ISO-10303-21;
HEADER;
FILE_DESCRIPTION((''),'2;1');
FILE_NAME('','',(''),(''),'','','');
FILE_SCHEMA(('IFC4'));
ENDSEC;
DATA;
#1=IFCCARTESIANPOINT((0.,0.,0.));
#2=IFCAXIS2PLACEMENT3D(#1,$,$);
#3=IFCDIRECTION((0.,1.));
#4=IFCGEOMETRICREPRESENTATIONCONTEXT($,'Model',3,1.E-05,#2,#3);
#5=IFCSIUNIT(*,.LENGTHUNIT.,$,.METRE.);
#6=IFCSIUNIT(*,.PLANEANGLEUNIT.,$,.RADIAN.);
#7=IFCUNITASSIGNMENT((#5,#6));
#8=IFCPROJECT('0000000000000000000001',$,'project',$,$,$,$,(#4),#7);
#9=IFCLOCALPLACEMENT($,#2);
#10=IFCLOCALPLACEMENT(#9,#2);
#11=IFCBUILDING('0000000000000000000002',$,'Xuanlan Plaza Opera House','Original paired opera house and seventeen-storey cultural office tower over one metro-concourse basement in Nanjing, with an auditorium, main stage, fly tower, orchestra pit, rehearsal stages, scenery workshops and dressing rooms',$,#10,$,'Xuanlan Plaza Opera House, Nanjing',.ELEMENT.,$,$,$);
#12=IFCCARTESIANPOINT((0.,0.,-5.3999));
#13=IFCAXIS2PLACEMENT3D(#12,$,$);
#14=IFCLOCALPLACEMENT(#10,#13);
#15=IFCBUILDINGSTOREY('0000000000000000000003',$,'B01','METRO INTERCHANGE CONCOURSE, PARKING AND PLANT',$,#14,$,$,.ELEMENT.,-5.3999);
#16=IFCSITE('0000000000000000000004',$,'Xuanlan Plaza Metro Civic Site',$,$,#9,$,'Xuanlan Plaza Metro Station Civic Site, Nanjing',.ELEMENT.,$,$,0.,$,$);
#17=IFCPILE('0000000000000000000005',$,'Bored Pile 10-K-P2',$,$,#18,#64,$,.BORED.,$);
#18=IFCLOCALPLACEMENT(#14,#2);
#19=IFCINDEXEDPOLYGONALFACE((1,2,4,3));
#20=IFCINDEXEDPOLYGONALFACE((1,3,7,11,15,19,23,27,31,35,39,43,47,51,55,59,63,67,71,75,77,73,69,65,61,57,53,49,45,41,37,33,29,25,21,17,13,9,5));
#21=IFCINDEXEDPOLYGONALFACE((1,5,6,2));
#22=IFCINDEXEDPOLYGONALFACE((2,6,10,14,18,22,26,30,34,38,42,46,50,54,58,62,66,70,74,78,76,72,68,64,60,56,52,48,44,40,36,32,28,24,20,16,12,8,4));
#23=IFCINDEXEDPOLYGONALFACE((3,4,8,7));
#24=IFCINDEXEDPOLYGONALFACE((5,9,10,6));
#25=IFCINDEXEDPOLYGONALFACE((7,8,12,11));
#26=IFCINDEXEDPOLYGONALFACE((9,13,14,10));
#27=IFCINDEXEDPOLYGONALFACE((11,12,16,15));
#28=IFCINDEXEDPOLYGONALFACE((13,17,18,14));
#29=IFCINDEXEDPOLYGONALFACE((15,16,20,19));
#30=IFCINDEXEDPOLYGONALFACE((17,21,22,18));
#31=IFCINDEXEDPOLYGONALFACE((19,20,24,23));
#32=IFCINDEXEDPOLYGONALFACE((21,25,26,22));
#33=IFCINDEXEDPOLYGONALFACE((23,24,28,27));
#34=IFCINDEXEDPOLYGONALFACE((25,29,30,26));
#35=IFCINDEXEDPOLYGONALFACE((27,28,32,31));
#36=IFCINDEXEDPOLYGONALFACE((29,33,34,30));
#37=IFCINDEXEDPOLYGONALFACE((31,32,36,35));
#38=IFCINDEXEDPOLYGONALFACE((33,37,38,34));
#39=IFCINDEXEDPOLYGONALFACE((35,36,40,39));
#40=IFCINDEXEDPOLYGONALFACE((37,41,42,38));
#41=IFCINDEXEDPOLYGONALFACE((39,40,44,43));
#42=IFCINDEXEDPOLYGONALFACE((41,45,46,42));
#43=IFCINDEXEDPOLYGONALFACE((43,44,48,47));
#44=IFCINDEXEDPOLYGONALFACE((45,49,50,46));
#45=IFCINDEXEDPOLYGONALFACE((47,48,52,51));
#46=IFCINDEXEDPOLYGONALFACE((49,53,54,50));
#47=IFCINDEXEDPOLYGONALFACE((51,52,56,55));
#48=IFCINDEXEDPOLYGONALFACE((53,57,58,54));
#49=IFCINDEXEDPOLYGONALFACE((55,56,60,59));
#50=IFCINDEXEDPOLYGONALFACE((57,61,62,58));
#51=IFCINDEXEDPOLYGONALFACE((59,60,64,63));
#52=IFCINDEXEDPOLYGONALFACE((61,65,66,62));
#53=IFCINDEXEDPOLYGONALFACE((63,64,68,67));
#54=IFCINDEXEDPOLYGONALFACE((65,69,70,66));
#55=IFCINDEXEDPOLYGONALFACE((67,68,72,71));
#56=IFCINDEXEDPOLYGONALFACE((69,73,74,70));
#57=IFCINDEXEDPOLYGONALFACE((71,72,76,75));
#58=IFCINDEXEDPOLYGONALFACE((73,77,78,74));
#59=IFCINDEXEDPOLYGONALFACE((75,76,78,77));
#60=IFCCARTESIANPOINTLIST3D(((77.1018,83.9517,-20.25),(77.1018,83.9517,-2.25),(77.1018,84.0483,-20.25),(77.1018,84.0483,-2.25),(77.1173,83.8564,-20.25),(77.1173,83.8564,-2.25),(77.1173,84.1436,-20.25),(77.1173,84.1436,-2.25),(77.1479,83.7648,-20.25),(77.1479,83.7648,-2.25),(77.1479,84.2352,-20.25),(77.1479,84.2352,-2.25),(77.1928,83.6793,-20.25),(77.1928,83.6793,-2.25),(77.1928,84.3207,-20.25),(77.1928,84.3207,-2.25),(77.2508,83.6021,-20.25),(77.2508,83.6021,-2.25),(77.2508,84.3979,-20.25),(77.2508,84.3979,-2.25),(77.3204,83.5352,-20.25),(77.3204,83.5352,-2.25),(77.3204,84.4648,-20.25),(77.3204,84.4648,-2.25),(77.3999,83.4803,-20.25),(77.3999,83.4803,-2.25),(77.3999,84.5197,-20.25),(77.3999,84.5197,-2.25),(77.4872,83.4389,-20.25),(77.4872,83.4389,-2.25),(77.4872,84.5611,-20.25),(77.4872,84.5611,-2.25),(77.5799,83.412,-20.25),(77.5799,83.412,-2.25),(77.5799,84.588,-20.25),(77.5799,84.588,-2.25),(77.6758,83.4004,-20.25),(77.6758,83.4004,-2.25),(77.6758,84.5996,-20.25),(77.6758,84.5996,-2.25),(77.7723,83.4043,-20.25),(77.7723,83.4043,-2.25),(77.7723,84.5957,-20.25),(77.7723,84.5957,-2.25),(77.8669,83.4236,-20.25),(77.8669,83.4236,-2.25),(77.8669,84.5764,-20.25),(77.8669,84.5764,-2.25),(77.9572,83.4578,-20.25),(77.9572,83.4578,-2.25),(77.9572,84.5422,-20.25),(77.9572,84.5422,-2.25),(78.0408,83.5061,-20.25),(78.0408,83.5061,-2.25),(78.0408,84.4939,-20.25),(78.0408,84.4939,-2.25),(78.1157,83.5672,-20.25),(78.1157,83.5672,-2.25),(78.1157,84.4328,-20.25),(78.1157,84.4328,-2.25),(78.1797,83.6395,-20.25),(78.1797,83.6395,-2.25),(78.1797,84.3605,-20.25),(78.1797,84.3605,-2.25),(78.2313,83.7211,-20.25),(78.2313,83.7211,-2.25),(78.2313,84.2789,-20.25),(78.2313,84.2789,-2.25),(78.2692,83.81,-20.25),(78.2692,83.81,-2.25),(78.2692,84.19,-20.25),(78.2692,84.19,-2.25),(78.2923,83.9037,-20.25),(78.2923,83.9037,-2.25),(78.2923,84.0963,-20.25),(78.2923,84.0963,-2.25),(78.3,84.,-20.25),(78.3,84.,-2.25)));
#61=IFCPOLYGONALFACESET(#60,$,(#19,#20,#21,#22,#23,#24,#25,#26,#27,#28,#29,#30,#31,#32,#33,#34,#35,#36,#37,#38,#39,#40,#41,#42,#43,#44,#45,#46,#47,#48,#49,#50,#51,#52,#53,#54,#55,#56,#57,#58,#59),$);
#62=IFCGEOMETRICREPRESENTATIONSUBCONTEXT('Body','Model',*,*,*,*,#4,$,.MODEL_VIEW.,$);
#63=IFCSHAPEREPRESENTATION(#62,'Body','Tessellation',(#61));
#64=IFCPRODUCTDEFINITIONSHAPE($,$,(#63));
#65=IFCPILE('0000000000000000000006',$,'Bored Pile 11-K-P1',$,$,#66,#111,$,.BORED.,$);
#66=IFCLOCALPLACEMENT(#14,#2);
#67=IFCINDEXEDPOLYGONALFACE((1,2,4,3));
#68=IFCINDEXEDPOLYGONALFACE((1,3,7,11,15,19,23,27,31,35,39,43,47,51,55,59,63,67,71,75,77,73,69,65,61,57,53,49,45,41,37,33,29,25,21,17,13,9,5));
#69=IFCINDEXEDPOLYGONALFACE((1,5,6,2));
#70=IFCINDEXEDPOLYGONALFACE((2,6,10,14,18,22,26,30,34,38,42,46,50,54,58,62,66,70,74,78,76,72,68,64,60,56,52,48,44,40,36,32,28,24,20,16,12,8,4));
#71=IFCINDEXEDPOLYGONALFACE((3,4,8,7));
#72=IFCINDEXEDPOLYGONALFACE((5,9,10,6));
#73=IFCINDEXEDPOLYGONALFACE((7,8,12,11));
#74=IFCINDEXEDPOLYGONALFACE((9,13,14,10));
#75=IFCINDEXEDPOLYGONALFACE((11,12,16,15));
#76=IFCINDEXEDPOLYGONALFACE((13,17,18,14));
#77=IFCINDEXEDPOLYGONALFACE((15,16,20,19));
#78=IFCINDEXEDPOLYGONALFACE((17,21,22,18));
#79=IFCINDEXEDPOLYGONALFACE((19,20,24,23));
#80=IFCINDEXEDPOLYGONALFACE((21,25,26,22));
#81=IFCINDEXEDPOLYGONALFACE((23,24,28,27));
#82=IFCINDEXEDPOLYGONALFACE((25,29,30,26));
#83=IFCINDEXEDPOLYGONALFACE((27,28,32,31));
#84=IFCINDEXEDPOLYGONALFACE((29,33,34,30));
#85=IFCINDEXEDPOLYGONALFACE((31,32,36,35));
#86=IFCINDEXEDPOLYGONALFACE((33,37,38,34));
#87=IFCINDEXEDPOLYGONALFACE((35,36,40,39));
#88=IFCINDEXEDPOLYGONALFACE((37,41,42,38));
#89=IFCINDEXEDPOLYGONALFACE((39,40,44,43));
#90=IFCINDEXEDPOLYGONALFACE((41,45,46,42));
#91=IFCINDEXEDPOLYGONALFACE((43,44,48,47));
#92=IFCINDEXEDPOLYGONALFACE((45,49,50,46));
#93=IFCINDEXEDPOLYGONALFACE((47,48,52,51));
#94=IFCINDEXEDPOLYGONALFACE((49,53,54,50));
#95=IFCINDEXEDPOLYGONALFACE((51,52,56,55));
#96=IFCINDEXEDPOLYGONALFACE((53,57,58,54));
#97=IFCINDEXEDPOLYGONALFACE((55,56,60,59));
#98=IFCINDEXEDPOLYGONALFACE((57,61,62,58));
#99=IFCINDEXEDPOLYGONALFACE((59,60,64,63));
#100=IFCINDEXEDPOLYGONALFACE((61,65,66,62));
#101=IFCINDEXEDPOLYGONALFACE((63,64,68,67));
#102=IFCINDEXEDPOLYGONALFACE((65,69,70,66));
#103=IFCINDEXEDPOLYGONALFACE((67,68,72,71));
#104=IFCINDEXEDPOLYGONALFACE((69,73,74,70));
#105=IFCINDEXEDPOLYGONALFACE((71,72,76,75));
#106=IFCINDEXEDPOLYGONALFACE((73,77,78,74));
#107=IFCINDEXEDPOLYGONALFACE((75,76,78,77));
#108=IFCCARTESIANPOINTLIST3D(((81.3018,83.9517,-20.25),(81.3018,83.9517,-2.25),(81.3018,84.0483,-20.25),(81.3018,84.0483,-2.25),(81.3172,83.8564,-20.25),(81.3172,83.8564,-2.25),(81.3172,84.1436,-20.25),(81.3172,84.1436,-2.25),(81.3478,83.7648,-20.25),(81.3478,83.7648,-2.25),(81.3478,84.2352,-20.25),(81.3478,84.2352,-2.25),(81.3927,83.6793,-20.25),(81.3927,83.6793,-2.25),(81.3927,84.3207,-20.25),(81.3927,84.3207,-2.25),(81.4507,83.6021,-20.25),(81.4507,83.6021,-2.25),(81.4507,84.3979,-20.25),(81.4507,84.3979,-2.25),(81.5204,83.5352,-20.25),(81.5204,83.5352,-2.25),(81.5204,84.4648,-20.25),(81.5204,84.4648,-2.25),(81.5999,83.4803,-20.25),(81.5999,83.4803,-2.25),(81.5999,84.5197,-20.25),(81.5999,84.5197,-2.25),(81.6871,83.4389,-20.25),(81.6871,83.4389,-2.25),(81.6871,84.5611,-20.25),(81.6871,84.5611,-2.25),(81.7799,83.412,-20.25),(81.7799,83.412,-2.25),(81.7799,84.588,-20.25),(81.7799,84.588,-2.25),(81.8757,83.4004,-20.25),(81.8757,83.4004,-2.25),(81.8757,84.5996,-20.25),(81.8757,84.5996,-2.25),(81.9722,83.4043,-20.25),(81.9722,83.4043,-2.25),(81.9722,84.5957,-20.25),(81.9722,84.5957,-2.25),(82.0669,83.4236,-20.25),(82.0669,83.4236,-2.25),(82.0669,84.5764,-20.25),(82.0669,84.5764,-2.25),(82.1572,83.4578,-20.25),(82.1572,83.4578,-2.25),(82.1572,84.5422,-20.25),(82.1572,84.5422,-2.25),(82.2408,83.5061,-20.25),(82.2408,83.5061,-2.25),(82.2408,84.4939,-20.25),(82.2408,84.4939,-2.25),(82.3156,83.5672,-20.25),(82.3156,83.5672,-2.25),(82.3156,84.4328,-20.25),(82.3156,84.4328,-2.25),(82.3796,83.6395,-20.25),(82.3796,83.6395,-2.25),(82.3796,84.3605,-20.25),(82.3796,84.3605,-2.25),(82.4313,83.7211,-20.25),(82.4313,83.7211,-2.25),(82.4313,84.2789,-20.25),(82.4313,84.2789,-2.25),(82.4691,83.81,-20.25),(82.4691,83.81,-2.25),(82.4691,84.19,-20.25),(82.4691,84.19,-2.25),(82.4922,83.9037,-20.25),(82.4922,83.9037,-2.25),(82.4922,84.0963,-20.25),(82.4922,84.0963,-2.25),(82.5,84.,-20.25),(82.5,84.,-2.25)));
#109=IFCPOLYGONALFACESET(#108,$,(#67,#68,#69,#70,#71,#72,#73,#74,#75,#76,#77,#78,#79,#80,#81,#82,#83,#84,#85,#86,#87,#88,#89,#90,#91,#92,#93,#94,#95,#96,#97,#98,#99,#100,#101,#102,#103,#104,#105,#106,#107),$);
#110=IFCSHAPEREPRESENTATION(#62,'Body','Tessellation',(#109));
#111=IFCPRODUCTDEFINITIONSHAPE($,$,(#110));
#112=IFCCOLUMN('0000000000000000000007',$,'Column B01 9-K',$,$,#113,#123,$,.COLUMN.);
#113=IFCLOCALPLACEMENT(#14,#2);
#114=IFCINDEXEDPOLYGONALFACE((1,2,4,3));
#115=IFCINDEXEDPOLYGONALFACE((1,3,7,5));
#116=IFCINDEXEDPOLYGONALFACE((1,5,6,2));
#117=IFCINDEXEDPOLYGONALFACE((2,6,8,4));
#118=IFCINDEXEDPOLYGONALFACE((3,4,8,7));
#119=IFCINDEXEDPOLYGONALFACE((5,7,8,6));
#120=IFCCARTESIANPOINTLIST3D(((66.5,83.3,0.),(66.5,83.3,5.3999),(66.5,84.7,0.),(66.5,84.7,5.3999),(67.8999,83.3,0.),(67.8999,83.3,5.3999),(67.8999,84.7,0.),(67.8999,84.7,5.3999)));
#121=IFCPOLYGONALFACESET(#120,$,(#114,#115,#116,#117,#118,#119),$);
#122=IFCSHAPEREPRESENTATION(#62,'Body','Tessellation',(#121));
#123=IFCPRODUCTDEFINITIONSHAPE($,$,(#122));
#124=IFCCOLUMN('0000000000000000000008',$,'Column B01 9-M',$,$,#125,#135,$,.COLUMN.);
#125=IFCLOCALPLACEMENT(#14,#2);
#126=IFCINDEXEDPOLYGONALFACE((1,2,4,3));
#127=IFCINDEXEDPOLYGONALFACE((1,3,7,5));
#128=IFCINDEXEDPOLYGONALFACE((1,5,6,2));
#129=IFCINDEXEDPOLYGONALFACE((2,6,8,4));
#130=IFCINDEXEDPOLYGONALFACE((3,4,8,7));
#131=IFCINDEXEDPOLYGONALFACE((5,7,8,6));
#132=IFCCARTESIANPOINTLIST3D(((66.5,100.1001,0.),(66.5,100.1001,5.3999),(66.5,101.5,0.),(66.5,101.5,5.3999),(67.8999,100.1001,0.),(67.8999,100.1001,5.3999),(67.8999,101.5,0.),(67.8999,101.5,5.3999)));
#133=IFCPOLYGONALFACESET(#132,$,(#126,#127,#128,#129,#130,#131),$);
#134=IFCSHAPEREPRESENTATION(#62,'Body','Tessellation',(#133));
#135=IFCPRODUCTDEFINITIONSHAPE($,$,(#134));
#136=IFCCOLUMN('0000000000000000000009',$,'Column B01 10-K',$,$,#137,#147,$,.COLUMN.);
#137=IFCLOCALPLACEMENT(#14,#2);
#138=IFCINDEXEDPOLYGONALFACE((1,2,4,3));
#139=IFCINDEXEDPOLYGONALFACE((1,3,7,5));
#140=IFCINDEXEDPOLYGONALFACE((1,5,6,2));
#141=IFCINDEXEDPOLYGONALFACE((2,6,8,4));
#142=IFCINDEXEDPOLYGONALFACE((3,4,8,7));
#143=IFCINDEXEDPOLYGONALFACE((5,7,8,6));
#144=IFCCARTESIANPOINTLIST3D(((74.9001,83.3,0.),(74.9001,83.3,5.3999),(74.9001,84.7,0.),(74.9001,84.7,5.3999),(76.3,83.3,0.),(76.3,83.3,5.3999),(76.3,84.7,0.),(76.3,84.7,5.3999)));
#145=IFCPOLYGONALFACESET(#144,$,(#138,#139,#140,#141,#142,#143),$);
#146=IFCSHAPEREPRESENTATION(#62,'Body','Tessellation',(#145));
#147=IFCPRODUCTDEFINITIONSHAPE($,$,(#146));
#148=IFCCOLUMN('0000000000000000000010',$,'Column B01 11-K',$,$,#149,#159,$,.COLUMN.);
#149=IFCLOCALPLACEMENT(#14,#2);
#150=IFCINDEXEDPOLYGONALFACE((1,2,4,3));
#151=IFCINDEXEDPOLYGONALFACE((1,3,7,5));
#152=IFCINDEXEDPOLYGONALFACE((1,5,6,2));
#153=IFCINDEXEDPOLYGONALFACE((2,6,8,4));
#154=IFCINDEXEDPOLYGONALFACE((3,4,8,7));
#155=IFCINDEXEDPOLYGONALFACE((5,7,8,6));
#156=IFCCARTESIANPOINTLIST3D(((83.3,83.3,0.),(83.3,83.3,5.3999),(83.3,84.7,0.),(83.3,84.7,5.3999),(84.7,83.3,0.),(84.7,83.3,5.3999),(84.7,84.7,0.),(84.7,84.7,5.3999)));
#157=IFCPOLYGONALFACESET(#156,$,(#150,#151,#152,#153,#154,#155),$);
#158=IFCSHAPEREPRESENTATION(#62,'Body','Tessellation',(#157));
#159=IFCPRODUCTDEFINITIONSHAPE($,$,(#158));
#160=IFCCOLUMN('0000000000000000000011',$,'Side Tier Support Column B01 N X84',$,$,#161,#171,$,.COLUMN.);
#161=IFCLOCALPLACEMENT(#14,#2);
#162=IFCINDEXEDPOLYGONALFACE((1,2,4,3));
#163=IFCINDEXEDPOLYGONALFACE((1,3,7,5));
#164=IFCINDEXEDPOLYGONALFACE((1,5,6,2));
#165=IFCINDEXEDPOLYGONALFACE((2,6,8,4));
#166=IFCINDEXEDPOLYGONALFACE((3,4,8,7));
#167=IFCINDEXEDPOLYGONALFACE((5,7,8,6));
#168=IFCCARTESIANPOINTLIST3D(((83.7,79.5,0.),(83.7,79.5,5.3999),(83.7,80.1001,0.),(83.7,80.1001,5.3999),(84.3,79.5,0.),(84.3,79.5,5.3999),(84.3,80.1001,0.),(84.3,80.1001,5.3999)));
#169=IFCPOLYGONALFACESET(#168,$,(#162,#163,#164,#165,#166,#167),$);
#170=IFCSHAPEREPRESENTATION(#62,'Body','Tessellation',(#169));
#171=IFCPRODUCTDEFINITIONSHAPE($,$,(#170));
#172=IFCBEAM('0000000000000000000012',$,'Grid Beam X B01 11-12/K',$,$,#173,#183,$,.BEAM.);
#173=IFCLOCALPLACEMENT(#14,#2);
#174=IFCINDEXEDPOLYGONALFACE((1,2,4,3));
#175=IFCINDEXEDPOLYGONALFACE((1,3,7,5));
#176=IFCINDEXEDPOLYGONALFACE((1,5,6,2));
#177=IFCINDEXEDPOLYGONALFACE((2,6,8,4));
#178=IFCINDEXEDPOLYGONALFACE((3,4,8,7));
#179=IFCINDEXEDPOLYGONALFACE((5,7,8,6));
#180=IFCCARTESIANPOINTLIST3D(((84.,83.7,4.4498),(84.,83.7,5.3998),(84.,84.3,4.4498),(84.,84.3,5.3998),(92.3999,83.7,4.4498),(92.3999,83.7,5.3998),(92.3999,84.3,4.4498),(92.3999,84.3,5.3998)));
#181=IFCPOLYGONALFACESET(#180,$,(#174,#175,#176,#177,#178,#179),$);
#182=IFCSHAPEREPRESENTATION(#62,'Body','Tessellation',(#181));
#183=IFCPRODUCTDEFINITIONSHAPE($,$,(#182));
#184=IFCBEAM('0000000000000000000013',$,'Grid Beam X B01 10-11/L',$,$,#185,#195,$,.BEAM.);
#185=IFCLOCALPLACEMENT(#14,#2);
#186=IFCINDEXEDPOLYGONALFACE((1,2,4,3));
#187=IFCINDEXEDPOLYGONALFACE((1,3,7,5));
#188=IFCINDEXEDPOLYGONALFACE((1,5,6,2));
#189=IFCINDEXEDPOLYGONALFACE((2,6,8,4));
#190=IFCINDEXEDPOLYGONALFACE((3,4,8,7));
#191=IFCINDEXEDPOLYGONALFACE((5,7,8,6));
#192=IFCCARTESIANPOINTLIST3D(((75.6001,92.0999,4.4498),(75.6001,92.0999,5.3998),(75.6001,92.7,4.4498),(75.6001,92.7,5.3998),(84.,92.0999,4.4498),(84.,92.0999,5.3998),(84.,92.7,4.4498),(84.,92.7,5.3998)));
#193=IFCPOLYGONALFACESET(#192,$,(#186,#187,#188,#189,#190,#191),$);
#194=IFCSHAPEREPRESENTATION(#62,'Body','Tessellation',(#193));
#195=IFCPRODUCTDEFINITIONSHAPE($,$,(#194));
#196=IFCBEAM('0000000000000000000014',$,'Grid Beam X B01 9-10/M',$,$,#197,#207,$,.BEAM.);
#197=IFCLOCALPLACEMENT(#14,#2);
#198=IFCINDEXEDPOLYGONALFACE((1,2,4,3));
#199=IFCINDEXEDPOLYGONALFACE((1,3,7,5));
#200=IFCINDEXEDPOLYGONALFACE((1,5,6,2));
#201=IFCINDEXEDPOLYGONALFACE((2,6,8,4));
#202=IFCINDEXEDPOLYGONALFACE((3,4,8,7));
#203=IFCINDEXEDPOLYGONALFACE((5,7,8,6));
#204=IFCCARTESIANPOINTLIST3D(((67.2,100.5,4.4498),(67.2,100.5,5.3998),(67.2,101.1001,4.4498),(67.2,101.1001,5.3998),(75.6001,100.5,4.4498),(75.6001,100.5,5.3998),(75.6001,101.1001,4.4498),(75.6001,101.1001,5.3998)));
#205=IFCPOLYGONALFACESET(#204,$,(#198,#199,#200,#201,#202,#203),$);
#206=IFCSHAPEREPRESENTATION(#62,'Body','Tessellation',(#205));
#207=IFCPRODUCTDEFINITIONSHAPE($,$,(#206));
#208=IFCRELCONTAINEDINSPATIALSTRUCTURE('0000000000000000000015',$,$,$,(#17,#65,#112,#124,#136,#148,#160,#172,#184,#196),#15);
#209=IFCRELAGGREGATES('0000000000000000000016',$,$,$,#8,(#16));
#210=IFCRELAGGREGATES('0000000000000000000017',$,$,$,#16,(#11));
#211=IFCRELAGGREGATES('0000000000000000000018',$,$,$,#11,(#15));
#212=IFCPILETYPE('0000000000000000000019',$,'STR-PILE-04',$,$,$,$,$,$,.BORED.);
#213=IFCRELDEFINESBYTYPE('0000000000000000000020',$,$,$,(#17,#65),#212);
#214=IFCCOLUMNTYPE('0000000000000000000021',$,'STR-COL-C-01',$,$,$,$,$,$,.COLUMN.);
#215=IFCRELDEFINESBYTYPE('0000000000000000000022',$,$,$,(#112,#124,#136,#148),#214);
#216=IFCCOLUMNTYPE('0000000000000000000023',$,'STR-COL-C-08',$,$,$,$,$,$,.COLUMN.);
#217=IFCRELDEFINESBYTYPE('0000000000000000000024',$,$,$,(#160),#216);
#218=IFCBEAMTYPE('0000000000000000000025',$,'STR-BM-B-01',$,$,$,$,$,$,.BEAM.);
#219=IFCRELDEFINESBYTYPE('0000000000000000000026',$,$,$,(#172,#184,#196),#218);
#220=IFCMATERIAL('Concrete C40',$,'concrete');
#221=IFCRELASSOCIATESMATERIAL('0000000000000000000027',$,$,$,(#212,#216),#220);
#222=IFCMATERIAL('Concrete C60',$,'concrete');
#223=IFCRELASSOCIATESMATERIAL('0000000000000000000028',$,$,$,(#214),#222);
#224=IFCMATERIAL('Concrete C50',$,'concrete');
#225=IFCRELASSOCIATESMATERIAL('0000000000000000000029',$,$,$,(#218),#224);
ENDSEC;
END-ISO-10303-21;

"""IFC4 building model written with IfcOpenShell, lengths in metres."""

from ifc_helpers import new_model, si_unit, direction, frame, origin, origin_2d, place, context, subcontext, project, spatial, rectangle, circle, extrude, material, material_profile, profile_set, type_object, element, save


model = new_model("IFC4")

# Units and contexts
model_context = context("Model", 3, precision=1e-05, world=origin(), true_north=direction((0.0, 1.0)))
body_context = subcontext(model_context, "Body", "Model", "MODEL_VIEW")
ifc_project = project(units=[si_unit("LENGTHUNIT", "METRE"), si_unit("PLANEANGLEUNIT", "RADIAN")], contexts=[model_context])

# Site, building, storey
site_placement = place(None, origin())
site = spatial("IfcSite", under=ifc_project, at=site_placement, Name="Xuanlan Plaza Metro Civic Site", LongName="Xuanlan Plaza Metro Station Civic Site, Nanjing", CompositionType="ELEMENT", RefElevation=0.0)
building_placement = place(site_placement, origin())
building = spatial("IfcBuilding", under=site, at=building_placement, Name="Xuanlan Plaza Opera House", Description="Original paired opera house and seventeen-storey cultural office tower over one metro-concourse basement in Nanjing, with an auditorium, main stage, fly tower, orchestra pit, rehearsal stages, scenery workshops and dressing rooms", LongName="Xuanlan Plaza Opera House, Nanjing", CompositionType="ELEMENT")
storey_placement = place(building_placement, frame((0.0, 0.0, -5.3999)))
storey = spatial("IfcBuildingStorey", under=building, at=storey_placement, Name="B01", Description="METRO INTERCHANGE CONCOURSE, PARKING AND PLANT", CompositionType="ELEMENT", Elevation=-5.3999)

# Shared definitions
ifc_material_1 = material(Name="Concrete C50", Category="concrete")
ifc_material_2 = material(Name="Concrete C40", Category="concrete")

# Piles
ifc_material_profile_1 = material_profile(ifc_material_2, circle(Radius=0.6001, at=origin_2d()), Name="PILE D1200")
ifc_profile_set_1 = profile_set([ifc_material_profile_1], Name="Concrete C40")
pile_type = type_object("IfcPileType", Name="STR-PILE-04", PredefinedType="BORED", material=ifc_profile_set_1)
for number, where, z_axis, x_axis, name in (
    (1, (77.7, 84.0, -2.25), (0.0, 0.0, -1.0), (1.0, 0.0, 0.0), "Bored Pile 10-K-P2"),
    (2, (81.8999, 84.0, -2.25), (0.0, 0.0, -1.0), (1.0, 0.0, 0.0), "Bored Pile 11-K-P1"),
):
    element("IfcPile", number, at=place(storey_placement, frame(where, z_axis=z_axis, x_axis=x_axis)), inside=storey, type_object=pile_type, Name=name, PredefinedType="BORED", context=body_context, shape_type="SweptSolid", body=[
        extrude(circle(Radius=0.6001, at=origin_2d()), origin(), (0.0, 0.0, 1.0), 18.0),
    ])

# Columns
ifc_material_3 = material(Name="Concrete C60", Category="concrete")
ifc_material_profile_2 = material_profile(ifc_material_3, rectangle(XDim=1.3999, YDim=1.3999, at=origin_2d()), Name="RC-COL 1400x1400")
ifc_profile_set_2 = profile_set([ifc_material_profile_2], Name="Concrete C60")
column_type_1 = type_object("IfcColumnType", Name="STR-COL-C-01", PredefinedType="COLUMN", material=ifc_profile_set_2)
for number, where, z_axis, x_axis, name in (
    (3, (67.2, 84.0, 0.0), (0.0, 0.0, 1.0), (1.0, 0.0, 0.0), "Column B01 9-K"),
    (4, (67.2, 100.8, 0.0), (0.0, 0.0, 1.0), (1.0, 0.0, 0.0), "Column B01 9-M"),
    (5, (75.6001, 84.0, 0.0), (0.0, 0.0, 1.0), (1.0, 0.0, 0.0), "Column B01 10-K"),
    (6, (84.0, 84.0, 0.0), (0.0, 0.0, 1.0), (1.0, 0.0, 0.0), "Column B01 11-K"),
):
    element("IfcColumn", number, at=place(storey_placement, frame(where, z_axis=z_axis, x_axis=x_axis)), inside=storey, type_object=column_type_1, Name=name, PredefinedType="COLUMN", context=body_context, shape_type="SweptSolid", body=[
        extrude(rectangle(XDim=1.3999, YDim=1.3999, at=origin_2d()), origin(), (0.0, 0.0, 1.0), 5.3999),
    ])
ifc_material_profile_3 = material_profile(ifc_material_2, rectangle(XDim=0.6001, YDim=0.6001, at=origin_2d()), Name="RC-COL 600x600")
ifc_profile_set_3 = profile_set([ifc_material_profile_3], Name="Concrete C40")
column_type_2 = type_object("IfcColumnType", Name="STR-COL-C-08", PredefinedType="COLUMN", material=ifc_profile_set_3)
column_placement = place(storey_placement, frame((84.0, 79.8, 0.0), z_axis=(0.0, 0.0, 1.0), x_axis=(1.0, 0.0, 0.0)))
element("IfcColumn", 7, at=column_placement, inside=storey, type_object=column_type_2, Name="Side Tier Support Column B01 N X84", PredefinedType="COLUMN", context=body_context, shape_type="SweptSolid", body=[
    extrude(rectangle(XDim=0.6001, YDim=0.6001, at=origin_2d()), origin(), (0.0, 0.0, 1.0), 5.3999),
])

# Beams
ifc_material_profile_4 = material_profile(ifc_material_1, rectangle(XDim=0.6001, YDim=0.95, at=origin_2d()), Name="RC-BM 600x950")
ifc_profile_set_4 = profile_set([ifc_material_profile_4], Name="Concrete C50")
beam_type_1 = type_object("IfcBeamType", Name="STR-BM-B-01", PredefinedType="BEAM", material=ifc_profile_set_4)
for number, where, z_axis, x_axis, name in (
    (8, (84.0, 84.0, 4.9248), (1.0, 0.0, 0.0), (0.0, 1.0, 0.0), "Grid Beam X B01 11-12/K"),
    (9, (75.6001, 92.3999, 4.9248), (1.0, 0.0, 0.0), (0.0, 1.0, 0.0), "Grid Beam X B01 10-11/L"),
):
    element("IfcBeam", number, at=place(storey_placement, frame(where, z_axis=z_axis, x_axis=x_axis)), inside=storey, type_object=beam_type_1, Name=name, PredefinedType="BEAM", context=body_context, shape_type="SweptSolid", body=[
        extrude(rectangle(XDim=0.6001, YDim=0.95, at=origin_2d()), origin(), (0.0, 0.0, 1.0), 8.3999),
    ])
beam_1_placement = place(storey_placement, frame((67.2, 100.8, 4.9248), z_axis=(1.0, 0.0, 0.0), x_axis=(0.0, 1.0, 0.0)))
element("IfcBeam", 10, at=beam_1_placement, inside=storey, type_object=beam_type_1, Name="Grid Beam X B01 9-10/M", PredefinedType="BEAM", context=body_context, shape_type="SweptSolid", body=[
    extrude(rectangle(XDim=0.6001, YDim=0.95, at=origin_2d()), origin(), (0.0, 0.0, 1.0), 8.4001),
])

save(model, "model.ifc")
